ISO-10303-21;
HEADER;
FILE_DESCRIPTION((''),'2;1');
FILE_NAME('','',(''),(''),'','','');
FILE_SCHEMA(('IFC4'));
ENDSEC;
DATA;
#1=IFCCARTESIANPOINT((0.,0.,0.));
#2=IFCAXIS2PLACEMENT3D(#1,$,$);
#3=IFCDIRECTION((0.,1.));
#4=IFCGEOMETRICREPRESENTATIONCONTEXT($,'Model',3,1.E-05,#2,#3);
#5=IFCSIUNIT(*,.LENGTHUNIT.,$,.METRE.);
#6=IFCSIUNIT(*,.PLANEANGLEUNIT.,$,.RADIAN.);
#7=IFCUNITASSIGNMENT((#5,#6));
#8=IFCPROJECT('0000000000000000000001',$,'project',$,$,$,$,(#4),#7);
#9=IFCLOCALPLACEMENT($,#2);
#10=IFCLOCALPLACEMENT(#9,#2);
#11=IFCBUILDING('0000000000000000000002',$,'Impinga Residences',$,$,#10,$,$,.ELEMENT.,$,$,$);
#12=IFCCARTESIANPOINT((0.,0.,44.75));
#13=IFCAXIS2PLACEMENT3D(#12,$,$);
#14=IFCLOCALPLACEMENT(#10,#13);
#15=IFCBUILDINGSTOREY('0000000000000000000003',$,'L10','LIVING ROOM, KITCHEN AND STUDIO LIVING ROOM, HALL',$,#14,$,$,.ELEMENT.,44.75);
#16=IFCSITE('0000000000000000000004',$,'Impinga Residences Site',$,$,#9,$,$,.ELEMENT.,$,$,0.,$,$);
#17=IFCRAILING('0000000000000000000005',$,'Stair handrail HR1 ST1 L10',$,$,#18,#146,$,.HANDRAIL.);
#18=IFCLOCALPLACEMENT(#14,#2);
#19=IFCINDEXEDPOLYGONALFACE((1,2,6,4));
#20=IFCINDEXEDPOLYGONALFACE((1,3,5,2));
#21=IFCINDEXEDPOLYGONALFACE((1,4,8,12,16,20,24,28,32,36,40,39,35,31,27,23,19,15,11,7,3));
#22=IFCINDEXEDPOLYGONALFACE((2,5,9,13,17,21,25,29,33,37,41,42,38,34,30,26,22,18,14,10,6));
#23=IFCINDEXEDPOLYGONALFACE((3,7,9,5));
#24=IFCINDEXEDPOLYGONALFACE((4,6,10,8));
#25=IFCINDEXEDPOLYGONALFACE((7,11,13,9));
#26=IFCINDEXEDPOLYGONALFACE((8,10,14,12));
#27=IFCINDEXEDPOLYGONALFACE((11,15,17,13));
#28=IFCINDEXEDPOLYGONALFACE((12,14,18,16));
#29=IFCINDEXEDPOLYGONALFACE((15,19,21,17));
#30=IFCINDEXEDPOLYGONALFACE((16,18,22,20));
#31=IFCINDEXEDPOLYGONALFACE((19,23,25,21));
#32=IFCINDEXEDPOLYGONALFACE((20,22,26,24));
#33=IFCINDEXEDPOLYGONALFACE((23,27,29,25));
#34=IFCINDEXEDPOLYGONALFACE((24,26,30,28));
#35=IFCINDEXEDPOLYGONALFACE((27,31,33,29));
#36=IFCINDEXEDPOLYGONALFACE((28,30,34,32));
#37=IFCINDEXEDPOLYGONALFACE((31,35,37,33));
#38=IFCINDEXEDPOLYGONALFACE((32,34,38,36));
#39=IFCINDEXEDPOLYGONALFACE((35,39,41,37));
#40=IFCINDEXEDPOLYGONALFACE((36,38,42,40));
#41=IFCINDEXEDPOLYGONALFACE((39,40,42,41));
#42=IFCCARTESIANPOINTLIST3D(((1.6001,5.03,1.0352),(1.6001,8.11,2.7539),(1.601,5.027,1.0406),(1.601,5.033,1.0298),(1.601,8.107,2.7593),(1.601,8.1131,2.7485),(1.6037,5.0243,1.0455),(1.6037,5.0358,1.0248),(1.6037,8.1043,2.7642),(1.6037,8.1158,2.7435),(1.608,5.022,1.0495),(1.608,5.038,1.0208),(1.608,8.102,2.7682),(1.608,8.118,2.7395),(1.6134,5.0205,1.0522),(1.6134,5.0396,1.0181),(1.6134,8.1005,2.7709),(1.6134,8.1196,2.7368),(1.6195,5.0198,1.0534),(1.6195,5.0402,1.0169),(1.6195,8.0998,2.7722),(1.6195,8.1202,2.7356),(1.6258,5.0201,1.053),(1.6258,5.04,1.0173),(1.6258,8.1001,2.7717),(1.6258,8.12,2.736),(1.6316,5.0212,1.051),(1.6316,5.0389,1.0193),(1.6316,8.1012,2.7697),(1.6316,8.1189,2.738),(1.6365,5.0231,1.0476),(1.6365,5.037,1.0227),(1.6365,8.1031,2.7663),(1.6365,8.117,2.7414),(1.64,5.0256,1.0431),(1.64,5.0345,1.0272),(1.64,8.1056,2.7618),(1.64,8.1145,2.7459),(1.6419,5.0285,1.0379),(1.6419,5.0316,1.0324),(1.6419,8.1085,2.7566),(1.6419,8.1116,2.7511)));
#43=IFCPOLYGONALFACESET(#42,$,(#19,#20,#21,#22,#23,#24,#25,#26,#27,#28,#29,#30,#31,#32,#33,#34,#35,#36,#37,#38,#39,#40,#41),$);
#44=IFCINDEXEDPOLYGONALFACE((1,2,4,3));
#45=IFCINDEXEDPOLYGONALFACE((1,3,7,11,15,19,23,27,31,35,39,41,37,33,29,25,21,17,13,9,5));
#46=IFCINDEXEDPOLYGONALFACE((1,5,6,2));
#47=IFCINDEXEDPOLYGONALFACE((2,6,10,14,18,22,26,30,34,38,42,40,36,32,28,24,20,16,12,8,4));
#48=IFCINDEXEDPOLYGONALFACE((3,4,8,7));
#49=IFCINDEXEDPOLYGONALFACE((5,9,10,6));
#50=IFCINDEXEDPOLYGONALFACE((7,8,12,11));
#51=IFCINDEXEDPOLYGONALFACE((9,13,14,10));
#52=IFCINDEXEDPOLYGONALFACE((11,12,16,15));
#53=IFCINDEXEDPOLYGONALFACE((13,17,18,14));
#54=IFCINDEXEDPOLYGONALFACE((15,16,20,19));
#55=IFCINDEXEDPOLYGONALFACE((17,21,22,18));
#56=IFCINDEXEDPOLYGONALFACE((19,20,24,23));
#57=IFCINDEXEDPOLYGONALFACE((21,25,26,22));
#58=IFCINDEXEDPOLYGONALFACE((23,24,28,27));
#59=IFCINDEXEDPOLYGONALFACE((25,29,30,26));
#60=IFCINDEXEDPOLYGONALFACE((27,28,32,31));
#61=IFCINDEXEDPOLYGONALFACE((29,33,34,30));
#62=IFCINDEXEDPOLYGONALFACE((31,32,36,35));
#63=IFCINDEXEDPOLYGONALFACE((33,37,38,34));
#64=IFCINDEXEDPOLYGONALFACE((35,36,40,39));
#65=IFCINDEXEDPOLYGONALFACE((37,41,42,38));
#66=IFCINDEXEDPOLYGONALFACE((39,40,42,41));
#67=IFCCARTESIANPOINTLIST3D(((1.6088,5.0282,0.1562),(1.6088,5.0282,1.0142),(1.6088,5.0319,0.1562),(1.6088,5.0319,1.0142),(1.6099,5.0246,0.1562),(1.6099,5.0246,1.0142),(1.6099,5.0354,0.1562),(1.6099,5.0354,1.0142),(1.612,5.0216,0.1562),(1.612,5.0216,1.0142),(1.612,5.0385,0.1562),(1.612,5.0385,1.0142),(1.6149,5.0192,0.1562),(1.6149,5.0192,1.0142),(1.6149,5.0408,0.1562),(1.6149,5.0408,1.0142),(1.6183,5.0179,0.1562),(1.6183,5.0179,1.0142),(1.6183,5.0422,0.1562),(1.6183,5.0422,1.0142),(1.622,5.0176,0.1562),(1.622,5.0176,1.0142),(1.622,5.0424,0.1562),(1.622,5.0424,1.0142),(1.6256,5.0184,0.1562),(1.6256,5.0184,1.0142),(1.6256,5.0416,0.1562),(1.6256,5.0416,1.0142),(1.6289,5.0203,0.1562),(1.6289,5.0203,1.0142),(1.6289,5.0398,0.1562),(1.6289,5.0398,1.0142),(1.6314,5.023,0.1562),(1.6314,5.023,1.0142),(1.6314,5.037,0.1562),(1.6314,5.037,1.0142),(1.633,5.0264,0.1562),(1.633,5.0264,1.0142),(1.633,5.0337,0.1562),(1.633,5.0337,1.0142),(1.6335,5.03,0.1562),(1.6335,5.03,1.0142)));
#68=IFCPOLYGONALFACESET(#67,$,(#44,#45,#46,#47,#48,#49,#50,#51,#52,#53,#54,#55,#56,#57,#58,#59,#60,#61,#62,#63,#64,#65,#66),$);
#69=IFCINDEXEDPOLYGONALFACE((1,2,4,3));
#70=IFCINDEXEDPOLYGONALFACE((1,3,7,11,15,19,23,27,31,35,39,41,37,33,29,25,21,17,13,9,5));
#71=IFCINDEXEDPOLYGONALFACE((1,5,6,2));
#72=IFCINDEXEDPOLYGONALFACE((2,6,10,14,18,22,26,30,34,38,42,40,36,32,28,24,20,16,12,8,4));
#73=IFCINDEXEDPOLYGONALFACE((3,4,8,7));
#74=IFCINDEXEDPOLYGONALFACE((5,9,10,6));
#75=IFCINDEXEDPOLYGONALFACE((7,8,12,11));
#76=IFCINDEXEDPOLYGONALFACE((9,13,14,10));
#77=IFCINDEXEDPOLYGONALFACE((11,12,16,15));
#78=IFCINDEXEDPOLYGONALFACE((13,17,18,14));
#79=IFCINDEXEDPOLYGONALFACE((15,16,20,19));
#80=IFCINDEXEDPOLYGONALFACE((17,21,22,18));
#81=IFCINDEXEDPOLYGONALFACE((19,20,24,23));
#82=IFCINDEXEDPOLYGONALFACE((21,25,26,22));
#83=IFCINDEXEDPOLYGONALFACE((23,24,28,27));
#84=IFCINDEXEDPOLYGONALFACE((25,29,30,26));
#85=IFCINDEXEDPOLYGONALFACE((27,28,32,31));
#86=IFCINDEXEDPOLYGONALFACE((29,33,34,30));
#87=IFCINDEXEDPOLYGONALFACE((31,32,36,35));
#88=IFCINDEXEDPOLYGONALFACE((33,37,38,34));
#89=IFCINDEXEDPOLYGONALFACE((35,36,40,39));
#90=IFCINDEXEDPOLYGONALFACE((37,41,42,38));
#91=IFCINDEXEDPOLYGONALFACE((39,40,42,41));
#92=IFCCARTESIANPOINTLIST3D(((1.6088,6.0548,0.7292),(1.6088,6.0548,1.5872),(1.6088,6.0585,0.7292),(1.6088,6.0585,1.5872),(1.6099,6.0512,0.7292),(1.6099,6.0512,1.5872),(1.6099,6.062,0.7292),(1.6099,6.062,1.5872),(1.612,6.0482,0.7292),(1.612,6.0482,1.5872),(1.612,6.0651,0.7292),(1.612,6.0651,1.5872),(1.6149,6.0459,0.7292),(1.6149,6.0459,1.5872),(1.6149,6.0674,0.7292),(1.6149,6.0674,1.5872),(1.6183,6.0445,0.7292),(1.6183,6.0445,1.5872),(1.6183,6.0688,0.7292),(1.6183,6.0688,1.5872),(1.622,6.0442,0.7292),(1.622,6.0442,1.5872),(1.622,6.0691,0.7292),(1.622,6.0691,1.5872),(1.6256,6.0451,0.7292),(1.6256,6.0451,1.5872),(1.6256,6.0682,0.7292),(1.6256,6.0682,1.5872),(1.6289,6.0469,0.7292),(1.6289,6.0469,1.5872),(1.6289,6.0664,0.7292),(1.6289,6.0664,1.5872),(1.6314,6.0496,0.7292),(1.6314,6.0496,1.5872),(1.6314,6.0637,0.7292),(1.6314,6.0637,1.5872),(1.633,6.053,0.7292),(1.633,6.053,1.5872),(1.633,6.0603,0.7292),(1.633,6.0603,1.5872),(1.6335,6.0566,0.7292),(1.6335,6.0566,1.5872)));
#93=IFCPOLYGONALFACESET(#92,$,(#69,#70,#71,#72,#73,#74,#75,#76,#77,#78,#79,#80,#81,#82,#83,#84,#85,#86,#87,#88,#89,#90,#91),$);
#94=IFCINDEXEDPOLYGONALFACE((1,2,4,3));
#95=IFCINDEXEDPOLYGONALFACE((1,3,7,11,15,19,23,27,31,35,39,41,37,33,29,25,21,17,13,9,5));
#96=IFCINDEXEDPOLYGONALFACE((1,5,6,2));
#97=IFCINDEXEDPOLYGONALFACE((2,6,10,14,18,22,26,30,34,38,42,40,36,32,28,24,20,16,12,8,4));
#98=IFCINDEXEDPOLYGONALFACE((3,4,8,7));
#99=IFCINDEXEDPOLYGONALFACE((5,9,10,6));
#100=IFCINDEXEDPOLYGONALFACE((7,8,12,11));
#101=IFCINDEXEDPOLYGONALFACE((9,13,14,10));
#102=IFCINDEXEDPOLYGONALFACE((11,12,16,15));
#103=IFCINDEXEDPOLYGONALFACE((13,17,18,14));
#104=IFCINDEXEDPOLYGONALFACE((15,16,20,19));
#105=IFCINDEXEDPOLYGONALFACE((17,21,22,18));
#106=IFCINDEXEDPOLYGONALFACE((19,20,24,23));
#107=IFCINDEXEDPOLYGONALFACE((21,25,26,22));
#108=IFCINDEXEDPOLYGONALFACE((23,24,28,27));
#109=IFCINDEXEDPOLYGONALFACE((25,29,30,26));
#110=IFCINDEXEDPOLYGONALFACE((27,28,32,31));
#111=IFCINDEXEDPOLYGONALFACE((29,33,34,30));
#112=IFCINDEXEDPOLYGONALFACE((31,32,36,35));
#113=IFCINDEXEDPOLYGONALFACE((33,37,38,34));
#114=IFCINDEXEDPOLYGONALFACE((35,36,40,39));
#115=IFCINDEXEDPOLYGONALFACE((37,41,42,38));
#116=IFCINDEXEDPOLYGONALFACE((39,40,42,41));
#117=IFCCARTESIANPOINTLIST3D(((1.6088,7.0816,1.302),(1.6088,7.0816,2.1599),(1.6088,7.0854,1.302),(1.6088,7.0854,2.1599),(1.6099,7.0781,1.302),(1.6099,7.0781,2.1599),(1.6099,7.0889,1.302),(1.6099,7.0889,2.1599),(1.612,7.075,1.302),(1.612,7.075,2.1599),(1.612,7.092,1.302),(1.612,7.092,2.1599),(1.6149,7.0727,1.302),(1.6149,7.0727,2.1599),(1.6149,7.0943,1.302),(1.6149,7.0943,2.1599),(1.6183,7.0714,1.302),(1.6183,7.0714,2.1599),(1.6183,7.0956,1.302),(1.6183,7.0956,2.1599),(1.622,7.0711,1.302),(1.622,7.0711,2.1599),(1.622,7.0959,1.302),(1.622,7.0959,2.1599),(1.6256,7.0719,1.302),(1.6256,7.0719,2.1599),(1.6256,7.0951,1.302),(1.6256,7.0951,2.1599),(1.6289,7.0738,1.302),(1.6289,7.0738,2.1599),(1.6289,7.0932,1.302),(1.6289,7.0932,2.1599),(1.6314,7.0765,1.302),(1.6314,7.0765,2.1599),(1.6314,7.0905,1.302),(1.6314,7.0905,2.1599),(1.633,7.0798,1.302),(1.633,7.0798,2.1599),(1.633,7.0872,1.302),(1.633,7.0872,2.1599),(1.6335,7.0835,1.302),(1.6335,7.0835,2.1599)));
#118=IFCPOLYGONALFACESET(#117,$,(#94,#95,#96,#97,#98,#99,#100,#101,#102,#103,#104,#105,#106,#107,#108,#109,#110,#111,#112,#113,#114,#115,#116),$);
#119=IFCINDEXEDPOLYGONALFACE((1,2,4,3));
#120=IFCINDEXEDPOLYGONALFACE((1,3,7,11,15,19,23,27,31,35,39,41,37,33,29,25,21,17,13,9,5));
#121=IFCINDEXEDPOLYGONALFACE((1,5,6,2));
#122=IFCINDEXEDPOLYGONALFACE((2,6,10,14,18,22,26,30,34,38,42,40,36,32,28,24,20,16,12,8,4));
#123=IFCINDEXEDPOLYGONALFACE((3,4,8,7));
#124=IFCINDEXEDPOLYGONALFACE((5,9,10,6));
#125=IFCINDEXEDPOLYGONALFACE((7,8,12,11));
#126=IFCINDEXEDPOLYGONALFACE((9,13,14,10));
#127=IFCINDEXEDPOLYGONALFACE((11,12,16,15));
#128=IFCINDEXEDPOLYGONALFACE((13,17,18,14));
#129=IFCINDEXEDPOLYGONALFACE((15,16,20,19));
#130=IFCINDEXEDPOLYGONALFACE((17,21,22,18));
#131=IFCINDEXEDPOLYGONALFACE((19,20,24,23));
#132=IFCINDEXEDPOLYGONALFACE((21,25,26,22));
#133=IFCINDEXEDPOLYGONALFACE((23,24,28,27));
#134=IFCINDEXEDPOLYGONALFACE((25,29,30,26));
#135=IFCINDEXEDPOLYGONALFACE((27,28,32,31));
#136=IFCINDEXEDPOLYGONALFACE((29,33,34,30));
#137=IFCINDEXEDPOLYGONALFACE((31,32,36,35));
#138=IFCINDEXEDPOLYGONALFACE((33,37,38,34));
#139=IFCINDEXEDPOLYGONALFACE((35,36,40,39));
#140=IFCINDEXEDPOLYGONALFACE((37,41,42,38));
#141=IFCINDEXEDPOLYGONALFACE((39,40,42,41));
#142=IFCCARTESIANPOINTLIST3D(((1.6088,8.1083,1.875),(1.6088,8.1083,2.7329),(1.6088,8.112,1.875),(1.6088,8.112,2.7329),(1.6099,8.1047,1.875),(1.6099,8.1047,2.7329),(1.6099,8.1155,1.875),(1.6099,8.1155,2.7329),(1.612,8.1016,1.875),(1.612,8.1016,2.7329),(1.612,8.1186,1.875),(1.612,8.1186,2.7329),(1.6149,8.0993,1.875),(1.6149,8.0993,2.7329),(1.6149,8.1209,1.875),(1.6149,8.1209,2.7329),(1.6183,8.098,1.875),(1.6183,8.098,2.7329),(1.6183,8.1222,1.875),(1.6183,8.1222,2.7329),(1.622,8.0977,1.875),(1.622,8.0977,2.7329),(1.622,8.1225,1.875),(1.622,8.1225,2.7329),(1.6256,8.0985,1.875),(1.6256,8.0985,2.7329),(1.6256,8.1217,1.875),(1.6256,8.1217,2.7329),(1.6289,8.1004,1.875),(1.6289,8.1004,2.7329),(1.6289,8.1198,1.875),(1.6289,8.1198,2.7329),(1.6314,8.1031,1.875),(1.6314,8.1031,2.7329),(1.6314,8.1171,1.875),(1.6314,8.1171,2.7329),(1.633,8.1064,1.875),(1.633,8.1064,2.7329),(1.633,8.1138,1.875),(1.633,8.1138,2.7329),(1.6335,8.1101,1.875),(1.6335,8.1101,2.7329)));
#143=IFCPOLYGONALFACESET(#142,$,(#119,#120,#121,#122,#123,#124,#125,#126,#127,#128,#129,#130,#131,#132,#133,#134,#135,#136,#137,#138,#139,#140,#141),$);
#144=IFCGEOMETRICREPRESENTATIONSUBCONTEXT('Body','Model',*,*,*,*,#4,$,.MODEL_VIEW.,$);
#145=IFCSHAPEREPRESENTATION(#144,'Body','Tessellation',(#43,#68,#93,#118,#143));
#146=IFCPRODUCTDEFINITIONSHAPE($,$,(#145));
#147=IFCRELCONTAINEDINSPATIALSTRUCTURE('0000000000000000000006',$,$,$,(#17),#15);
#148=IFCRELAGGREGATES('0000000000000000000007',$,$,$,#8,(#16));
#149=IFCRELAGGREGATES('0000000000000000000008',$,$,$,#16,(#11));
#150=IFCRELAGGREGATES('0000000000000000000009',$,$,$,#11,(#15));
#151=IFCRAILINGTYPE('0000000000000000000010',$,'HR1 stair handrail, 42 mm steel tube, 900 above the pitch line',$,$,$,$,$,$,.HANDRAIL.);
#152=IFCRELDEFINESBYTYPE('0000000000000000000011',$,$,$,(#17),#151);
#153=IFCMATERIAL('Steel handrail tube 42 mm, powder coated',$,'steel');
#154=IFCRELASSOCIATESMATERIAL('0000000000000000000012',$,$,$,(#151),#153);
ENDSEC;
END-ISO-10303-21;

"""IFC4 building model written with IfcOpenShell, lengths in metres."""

from ifc_helpers import new_model, si_unit, direction, frame, origin, origin_2d, place, context, subcontext, project, spatial, circle, extrude, material, type_object, element, save


model = new_model("IFC4")

# Units and contexts
model_context = context("Model", 3, precision=1e-05, world=origin(), true_north=direction((0.0, 1.0)))
body_context = subcontext(model_context, "Body", "Model", "MODEL_VIEW")
ifc_project = project(units=[si_unit("LENGTHUNIT", "METRE"), si_unit("PLANEANGLEUNIT", "RADIAN")], contexts=[model_context])

# Site, building, storey
site_placement = place(None, origin())
site = spatial("IfcSite", under=ifc_project, at=site_placement, Name="Impinga Residences Site", CompositionType="ELEMENT", RefElevation=0.0)
building_placement = place(site_placement, origin())
building = spatial("IfcBuilding", under=site, at=building_placement, Name="Impinga Residences", CompositionType="ELEMENT")
storey_placement = place(building_placement, frame((0.0, 0.0, 44.75)))
storey = spatial("IfcBuildingStorey", under=building, at=storey_placement, Name="L10", Description="LIVING ROOM, KITCHEN AND STUDIO LIVING ROOM, HALL", CompositionType="ELEMENT", Elevation=44.75)

# Railing
ifc_material_1 = material(Name="Steel handrail tube 42 mm, powder coated", Category="steel")
railing_type_1 = type_object("IfcRailingType", Name="HR1 stair handrail, 42 mm steel tube, 900 above the pitch line", PredefinedType="HANDRAIL", material=ifc_material_1)
railing_1_placement = place(storey_placement, frame((1.6211, 5.03, 0.1562)))
element("IfcRailing", 1, at=railing_1_placement, inside=storey, type_object=railing_type_1, Name="Stair handrail HR1 ST1 L10", PredefinedType="HANDRAIL", context=body_context, shape_type="SweptSolid", body=[
    extrude(circle(Radius=0.021, at=origin_2d()), frame((0.0, 0.0, 0.8789), z_axis=(0.0, 0.873242, 0.487288), x_axis=(-1.0, 0.0, 0.0)), (0.0, 0.0, 1.0), 3.5271),
    extrude(circle(Radius=0.0125, at=origin_2d()), origin(), (0.0, 0.0, 1.0), 0.8579),
    extrude(circle(Radius=0.0125, at=origin_2d()), frame((0.0, 1.0266, 0.573)), (0.0, 0.0, 1.0), 0.8579),
    extrude(circle(Radius=0.0125, at=origin_2d()), frame((0.0, 2.0535, 1.1458)), (0.0, 0.0, 1.0), 0.8579),
    extrude(circle(Radius=0.0125, at=origin_2d()), frame((0.0, 3.0801, 1.7188)), (0.0, 0.0, 1.0), 0.8579),
])

save(model, "model.ifc")
